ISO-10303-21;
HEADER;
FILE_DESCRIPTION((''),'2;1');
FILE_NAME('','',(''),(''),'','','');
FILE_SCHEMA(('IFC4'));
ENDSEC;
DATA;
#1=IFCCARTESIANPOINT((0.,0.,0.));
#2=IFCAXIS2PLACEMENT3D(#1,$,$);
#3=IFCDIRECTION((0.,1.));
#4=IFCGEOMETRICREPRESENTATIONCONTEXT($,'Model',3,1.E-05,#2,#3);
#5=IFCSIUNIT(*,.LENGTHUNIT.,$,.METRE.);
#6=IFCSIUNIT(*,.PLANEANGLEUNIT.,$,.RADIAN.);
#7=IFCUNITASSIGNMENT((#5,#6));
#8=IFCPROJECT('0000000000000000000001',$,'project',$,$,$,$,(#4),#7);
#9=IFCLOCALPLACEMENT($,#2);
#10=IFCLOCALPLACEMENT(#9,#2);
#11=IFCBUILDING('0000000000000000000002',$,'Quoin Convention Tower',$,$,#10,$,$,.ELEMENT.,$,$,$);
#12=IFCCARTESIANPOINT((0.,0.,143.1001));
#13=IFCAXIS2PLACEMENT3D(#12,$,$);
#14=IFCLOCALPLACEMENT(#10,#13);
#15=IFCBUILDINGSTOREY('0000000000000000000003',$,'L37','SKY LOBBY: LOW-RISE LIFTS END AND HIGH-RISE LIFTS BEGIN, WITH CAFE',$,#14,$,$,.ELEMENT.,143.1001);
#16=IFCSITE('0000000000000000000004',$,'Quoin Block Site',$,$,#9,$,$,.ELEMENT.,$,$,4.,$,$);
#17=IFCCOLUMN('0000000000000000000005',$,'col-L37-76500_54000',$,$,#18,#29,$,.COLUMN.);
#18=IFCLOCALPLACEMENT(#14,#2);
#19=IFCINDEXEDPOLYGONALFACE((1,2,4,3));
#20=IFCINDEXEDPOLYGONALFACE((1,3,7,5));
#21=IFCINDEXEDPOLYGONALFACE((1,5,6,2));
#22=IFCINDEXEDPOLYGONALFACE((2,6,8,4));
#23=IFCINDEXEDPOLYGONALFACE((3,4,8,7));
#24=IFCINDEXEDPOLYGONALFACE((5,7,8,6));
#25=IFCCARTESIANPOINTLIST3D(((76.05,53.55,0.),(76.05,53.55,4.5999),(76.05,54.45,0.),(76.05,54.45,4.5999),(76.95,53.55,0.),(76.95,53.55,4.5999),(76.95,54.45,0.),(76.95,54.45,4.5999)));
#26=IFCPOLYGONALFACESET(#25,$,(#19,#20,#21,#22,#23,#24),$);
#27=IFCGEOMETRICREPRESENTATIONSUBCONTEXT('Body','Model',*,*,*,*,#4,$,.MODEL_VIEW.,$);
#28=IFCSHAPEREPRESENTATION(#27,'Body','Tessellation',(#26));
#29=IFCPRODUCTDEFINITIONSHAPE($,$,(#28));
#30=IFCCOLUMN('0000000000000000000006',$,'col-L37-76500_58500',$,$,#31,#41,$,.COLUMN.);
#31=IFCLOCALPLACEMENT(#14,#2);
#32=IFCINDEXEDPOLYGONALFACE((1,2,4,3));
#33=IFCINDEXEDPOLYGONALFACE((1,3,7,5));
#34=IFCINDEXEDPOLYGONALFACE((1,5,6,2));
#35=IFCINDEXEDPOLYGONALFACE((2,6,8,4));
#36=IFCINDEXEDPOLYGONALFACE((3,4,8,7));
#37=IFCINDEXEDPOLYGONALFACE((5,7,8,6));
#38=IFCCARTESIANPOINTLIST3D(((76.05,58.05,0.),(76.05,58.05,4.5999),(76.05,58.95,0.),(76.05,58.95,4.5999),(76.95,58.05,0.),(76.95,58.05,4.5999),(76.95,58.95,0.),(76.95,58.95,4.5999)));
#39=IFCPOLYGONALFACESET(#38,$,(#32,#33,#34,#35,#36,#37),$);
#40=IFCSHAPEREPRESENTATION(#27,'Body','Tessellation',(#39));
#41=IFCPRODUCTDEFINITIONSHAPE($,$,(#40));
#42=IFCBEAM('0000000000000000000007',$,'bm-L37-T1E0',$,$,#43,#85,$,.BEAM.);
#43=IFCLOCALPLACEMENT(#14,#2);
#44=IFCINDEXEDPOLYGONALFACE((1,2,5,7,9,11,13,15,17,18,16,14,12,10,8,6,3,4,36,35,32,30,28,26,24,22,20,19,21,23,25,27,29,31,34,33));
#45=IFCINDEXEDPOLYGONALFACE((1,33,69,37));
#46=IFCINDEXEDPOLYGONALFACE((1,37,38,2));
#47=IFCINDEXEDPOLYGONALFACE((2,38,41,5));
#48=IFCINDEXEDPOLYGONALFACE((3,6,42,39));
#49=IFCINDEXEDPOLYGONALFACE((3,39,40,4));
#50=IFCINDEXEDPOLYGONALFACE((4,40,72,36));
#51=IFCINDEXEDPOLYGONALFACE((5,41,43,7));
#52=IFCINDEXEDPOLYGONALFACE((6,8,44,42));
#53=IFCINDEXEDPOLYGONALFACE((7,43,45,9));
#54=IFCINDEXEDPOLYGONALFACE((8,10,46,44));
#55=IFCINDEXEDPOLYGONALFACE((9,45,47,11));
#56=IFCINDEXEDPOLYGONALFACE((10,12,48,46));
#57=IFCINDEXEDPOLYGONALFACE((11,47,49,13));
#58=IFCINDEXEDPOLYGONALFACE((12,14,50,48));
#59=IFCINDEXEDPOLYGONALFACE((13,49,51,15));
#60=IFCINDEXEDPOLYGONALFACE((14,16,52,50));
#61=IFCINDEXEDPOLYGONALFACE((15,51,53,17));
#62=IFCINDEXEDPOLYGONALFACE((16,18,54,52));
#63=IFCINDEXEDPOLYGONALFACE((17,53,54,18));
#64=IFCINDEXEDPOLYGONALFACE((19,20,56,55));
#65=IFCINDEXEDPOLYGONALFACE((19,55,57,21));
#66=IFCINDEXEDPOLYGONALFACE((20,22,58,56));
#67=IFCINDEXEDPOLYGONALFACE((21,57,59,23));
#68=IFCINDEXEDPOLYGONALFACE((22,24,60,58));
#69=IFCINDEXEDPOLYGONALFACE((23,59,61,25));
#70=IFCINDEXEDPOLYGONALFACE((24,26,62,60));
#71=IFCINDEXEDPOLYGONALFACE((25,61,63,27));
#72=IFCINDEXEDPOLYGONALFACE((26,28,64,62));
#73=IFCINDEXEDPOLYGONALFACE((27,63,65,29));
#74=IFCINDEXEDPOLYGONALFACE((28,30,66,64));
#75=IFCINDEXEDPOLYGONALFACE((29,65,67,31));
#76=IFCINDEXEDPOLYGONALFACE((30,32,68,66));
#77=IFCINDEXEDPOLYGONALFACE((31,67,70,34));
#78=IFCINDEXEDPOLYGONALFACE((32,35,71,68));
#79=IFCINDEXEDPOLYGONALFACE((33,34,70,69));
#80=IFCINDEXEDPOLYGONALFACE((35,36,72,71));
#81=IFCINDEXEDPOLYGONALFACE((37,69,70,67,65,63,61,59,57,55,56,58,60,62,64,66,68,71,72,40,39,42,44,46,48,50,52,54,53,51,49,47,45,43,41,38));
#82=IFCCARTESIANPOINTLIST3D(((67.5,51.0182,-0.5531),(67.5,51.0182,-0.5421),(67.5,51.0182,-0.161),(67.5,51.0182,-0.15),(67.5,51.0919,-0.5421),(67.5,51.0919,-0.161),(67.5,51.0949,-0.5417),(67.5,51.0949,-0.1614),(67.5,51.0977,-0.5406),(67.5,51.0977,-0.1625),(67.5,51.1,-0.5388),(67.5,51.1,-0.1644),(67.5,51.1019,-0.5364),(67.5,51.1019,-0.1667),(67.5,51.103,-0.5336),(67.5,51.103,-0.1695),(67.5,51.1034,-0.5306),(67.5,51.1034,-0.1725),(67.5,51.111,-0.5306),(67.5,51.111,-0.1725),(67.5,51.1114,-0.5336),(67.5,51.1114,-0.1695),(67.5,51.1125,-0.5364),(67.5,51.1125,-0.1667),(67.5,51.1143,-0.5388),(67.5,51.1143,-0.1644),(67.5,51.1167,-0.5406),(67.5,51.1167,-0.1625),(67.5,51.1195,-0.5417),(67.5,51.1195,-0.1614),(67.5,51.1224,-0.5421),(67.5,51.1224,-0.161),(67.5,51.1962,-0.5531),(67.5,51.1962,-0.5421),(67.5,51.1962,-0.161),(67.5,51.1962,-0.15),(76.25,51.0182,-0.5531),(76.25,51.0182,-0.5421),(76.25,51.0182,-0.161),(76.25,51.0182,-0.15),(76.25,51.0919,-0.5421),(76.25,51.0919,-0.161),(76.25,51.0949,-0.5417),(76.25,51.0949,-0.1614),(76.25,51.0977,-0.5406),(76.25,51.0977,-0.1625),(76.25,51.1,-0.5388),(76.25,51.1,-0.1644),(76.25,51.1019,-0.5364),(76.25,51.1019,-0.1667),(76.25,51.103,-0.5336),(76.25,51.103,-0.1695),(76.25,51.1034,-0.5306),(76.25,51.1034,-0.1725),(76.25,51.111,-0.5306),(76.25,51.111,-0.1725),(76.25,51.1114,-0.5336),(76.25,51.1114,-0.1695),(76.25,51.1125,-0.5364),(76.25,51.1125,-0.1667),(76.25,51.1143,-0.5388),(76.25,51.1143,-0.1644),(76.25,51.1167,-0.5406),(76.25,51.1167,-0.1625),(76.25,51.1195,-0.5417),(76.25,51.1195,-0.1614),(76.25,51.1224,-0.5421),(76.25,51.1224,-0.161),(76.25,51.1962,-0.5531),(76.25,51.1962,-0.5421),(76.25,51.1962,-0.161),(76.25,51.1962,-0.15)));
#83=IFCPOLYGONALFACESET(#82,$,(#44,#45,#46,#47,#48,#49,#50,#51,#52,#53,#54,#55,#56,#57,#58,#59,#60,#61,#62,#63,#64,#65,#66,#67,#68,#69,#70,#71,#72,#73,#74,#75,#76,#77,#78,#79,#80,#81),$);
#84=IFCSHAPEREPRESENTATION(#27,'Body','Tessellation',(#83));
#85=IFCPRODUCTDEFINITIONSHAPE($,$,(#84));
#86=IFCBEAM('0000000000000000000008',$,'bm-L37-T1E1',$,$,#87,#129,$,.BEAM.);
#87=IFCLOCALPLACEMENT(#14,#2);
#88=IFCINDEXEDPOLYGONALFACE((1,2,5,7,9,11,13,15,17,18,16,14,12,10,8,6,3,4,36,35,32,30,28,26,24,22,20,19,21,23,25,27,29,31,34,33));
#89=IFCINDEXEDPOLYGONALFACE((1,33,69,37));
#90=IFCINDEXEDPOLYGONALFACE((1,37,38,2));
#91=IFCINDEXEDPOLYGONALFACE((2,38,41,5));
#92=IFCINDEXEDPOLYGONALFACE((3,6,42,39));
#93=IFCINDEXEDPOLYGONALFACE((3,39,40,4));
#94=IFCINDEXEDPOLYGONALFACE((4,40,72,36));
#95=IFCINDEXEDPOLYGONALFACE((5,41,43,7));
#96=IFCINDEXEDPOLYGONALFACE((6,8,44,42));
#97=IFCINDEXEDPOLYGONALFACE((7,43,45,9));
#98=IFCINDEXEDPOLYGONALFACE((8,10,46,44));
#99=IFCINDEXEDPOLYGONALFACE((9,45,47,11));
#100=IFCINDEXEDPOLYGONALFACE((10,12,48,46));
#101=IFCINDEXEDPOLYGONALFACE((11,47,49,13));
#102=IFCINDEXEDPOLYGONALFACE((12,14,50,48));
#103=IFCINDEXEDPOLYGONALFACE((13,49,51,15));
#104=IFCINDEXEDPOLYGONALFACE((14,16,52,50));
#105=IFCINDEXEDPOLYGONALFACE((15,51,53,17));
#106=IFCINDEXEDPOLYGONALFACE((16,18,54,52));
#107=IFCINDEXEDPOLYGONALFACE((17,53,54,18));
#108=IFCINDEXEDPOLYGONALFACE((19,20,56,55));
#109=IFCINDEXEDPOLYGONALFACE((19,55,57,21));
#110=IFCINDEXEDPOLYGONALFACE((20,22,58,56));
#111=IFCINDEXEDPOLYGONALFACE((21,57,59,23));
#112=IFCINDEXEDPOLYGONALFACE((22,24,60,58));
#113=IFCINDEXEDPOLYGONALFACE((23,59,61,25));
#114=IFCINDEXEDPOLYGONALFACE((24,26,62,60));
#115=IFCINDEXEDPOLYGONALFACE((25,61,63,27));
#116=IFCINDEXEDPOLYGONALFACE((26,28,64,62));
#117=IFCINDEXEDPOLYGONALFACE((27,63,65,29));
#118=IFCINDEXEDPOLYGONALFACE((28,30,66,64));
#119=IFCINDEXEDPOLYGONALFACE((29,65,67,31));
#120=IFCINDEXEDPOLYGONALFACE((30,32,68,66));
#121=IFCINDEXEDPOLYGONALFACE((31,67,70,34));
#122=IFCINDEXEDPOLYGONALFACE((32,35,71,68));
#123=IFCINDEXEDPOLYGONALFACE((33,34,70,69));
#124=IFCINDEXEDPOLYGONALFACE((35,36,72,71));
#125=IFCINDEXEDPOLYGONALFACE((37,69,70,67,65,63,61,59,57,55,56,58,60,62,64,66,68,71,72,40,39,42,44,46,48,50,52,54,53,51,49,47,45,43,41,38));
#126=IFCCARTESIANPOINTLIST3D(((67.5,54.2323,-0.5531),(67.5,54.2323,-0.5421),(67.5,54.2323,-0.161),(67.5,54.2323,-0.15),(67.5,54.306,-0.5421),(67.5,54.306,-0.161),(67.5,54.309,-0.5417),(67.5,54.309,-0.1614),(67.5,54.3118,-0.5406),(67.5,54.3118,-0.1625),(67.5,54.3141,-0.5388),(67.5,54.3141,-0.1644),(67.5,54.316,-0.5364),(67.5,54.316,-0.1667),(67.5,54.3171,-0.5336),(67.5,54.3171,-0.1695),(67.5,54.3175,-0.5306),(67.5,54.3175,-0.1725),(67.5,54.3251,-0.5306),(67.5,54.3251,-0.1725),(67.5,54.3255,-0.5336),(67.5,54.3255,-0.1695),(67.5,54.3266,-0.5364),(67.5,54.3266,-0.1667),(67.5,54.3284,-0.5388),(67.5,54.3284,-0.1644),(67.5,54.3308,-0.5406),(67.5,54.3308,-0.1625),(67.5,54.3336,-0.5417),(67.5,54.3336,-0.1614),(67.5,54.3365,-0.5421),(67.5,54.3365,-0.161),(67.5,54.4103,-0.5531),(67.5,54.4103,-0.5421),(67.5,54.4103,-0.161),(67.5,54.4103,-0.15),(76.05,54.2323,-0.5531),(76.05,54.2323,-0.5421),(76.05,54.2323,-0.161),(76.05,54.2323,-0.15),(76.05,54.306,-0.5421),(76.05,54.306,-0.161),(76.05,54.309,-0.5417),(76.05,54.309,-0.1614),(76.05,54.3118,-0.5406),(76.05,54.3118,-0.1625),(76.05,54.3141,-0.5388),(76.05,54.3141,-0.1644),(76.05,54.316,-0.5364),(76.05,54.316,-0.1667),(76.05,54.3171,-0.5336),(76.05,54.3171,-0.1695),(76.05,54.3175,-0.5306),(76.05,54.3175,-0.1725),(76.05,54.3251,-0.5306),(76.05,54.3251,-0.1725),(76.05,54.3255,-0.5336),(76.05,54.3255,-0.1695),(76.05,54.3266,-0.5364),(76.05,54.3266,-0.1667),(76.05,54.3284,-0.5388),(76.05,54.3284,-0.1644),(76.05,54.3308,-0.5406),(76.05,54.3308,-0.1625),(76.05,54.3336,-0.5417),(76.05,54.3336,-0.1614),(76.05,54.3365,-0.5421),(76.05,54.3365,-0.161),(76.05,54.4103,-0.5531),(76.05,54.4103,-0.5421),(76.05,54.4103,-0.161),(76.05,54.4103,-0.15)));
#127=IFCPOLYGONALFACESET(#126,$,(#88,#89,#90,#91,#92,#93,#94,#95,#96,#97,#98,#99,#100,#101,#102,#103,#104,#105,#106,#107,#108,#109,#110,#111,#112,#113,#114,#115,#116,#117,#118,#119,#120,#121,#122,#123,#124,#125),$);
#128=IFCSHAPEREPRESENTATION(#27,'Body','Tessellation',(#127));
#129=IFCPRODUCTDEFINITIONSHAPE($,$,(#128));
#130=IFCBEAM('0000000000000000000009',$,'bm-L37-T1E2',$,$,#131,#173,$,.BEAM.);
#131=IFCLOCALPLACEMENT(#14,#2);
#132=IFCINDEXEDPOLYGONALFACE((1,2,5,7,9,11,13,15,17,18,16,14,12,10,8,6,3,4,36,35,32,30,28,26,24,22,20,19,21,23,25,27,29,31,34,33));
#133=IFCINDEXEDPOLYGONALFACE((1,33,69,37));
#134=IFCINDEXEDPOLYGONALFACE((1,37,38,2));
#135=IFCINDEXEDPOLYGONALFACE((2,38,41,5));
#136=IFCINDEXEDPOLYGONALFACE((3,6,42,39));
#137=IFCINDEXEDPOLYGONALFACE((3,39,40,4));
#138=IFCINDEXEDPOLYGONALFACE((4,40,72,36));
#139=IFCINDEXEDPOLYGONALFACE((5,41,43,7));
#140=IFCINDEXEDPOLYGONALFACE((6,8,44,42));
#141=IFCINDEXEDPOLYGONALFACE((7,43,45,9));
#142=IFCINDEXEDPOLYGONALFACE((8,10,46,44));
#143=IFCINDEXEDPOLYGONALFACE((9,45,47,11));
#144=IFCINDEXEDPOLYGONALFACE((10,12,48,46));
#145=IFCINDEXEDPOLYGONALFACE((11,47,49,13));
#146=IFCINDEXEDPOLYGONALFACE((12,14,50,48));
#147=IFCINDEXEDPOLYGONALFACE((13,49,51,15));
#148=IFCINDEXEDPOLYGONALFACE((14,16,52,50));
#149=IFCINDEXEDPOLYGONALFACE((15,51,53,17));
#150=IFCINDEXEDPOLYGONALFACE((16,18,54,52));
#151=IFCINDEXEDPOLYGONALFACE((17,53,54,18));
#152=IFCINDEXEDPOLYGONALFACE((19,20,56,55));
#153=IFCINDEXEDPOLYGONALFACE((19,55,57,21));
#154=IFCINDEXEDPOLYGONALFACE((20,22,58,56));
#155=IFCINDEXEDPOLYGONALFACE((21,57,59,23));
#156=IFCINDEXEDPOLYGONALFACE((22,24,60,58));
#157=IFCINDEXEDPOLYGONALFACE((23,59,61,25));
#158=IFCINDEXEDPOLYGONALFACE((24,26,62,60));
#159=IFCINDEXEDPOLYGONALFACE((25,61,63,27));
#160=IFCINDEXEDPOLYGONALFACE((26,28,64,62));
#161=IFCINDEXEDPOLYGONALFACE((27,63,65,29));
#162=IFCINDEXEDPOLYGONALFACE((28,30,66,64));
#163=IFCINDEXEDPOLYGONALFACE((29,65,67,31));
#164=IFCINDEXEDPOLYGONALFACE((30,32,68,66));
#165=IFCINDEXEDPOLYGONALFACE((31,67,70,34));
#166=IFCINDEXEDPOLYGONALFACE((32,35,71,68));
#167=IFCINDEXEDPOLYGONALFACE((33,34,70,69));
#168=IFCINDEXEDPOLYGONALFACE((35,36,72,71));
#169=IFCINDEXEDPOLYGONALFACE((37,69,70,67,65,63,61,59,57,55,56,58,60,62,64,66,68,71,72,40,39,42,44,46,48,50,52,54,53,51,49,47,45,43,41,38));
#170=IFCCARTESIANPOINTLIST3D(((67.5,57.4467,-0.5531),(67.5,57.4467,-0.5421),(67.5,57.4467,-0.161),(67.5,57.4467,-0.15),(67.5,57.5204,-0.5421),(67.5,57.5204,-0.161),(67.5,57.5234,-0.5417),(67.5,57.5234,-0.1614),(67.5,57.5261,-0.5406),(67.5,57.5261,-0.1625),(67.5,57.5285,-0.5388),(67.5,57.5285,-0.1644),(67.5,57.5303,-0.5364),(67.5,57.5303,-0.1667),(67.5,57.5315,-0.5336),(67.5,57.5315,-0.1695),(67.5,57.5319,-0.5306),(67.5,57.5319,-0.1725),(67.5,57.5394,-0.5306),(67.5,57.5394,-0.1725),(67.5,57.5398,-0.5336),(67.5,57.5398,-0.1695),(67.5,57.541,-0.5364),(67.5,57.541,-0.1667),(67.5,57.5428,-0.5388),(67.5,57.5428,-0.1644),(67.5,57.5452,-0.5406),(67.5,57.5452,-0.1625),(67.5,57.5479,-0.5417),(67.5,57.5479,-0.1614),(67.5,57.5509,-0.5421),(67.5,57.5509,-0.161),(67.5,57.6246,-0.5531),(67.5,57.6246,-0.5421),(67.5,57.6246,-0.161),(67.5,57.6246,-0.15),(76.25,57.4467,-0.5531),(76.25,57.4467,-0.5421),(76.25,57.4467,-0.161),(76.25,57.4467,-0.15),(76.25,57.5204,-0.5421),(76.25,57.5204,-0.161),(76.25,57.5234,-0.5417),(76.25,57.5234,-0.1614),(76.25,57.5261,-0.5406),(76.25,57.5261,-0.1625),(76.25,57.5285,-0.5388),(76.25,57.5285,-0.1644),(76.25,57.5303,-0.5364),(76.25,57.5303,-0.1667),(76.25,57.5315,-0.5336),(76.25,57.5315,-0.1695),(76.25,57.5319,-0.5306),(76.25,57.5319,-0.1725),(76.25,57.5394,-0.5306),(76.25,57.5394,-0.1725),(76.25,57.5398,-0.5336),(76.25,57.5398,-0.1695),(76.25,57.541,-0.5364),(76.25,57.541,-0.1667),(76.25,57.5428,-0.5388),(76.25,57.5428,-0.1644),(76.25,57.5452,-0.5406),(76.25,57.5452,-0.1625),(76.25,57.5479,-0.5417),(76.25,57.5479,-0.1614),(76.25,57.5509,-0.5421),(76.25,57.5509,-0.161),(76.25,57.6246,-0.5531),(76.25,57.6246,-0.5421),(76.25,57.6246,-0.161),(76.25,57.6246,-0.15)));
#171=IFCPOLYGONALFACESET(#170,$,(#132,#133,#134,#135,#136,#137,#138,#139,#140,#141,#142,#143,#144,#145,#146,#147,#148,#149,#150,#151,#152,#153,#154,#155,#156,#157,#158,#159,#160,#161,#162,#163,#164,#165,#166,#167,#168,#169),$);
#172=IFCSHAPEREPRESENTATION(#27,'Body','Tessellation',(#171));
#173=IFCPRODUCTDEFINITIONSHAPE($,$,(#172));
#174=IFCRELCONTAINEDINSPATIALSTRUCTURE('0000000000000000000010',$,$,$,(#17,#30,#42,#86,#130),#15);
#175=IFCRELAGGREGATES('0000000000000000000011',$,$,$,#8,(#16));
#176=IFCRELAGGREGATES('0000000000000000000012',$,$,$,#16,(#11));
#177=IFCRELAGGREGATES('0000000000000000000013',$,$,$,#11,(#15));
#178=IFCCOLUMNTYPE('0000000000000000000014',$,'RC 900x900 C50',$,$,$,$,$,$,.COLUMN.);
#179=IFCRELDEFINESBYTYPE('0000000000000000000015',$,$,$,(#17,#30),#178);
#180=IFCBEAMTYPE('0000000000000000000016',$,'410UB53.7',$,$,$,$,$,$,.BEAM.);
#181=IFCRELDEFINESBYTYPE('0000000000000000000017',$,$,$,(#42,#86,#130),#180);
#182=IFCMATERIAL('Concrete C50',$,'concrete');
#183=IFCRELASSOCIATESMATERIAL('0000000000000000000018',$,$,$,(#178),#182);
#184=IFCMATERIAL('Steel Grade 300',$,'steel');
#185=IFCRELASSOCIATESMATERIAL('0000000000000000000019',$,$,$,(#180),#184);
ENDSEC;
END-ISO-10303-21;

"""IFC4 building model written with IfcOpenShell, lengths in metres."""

from ifc_helpers import new_model, si_unit, direction, frame, origin, origin_2d, place, context, subcontext, project, spatial, rectangle, i_section, extrude, material, material_profile, profile_set, type_object, element, save


model = new_model("IFC4")

# Units and contexts
model_context = context("Model", 3, precision=1e-05, world=origin(), true_north=direction((0.0, 1.0)))
body_context = subcontext(model_context, "Body", "Model", "MODEL_VIEW")
ifc_project = project(units=[si_unit("LENGTHUNIT", "METRE"), si_unit("PLANEANGLEUNIT", "RADIAN")], contexts=[model_context])

# Site, building, storey
site_placement = place(None, origin())
site = spatial("IfcSite", under=ifc_project, at=site_placement, Name="Quoin Block Site", CompositionType="ELEMENT", RefElevation=4.0)
building_placement = place(site_placement, origin())
building = spatial("IfcBuilding", under=site, at=building_placement, Name="Quoin Convention Tower", CompositionType="ELEMENT")
storey_placement = place(building_placement, frame((0.0, 0.0, 143.1001)))
storey = spatial("IfcBuildingStorey", under=building, at=storey_placement, Name="L37", Description="SKY LOBBY: LOW-RISE LIFTS END AND HIGH-RISE LIFTS BEGIN, WITH CAFE", CompositionType="ELEMENT", Elevation=143.1001)

# Columns
ifc_material_1 = material(Name="Concrete C50", Category="concrete")
ifc_material_profile_1 = material_profile(ifc_material_1, rectangle(XDim=0.8999, YDim=0.8999, at=origin_2d()), Name="RC 900x900")
ifc_profile_set_1 = profile_set([ifc_material_profile_1], Name="Concrete C50")
column_type = type_object("IfcColumnType", Name="RC 900x900 C50", PredefinedType="COLUMN", material=ifc_profile_set_1)
for number, where, z_axis, x_axis, name in (
    (1, (76.5, 54.0, 0.0), (0.0, 0.0, 1.0), (1.0, 0.0, 0.0), "col-L37-76500_54000"),
    (2, (76.5, 58.5, 0.0), (0.0, 0.0, 1.0), (1.0, 0.0, 0.0), "col-L37-76500_58500"),
):
    element("IfcColumn", number, at=place(storey_placement, frame(where, z_axis=z_axis, x_axis=x_axis)), inside=storey, type_object=column_type, Name=name, PredefinedType="COLUMN", context=body_context, shape_type="SweptSolid", body=[
        extrude(rectangle(XDim=0.8999, YDim=0.8999, at=origin_2d()), origin(), (0.0, 0.0, 1.0), 4.5999),
    ])

# Beams
ifc_material_2 = material(Name="Steel Grade 300", Category="steel")
ifc_material_profile_2 = material_profile(ifc_material_2, i_section(OverallWidth=0.178, OverallDepth=0.4031, WebThickness=0.0076, FlangeThickness=0.011, FilletRadius=0.0115, at=origin_2d()), Name="410UB53.7")
ifc_profile_set_2 = profile_set([ifc_material_profile_2], Name="Steel Grade 300")
beam_type = type_object("IfcBeamType", Name="410UB53.7", PredefinedType="BEAM", material=ifc_profile_set_2)
beam_1_placement = place(storey_placement, frame((67.5, 51.1072, -0.3516), z_axis=(1.0, 0.0, 0.0), x_axis=(0.0, 1.0, 0.0)))
element("IfcBeam", 3, at=beam_1_placement, inside=storey, type_object=beam_type, Name="bm-L37-T1E0", PredefinedType="BEAM", context=body_context, shape_type="SweptSolid", body=[
    extrude(i_section(OverallWidth=0.178, OverallDepth=0.4031, WebThickness=0.0076, FlangeThickness=0.011, FilletRadius=0.0115, at=origin_2d()), origin(), (0.0, 0.0, 1.0), 8.75),
])
beam_2_placement = place(storey_placement, frame((67.5, 54.3213, -0.3516), z_axis=(1.0, 0.0, 0.0), x_axis=(0.0, 1.0, 0.0)))
element("IfcBeam", 4, at=beam_2_placement, inside=storey, type_object=beam_type, Name="bm-L37-T1E1", PredefinedType="BEAM", context=body_context, shape_type="SweptSolid", body=[
    extrude(i_section(OverallWidth=0.178, OverallDepth=0.4031, WebThickness=0.0076, FlangeThickness=0.011, FilletRadius=0.0115, at=origin_2d()), origin(), (0.0, 0.0, 1.0), 8.55),
])
for number, where, z_axis, x_axis, name in (
    (5, (67.5, 57.5356, -0.3516), (1.0, 0.0, 0.0), (0.0, 1.0, 0.0), "bm-L37-T1E2"),
):
    element("IfcBeam", number, at=place(storey_placement, frame(where, z_axis=z_axis, x_axis=x_axis)), inside=storey, type_object=beam_type, Name=name, PredefinedType="BEAM", context=body_context, shape_type="SweptSolid", body=[
        extrude(i_section(OverallWidth=0.178, OverallDepth=0.4031, WebThickness=0.0076, FlangeThickness=0.011, FilletRadius=0.0115, at=origin_2d()), origin(), (0.0, 0.0, 1.0), 8.75),
    ])

save(model, "model.ifc")
